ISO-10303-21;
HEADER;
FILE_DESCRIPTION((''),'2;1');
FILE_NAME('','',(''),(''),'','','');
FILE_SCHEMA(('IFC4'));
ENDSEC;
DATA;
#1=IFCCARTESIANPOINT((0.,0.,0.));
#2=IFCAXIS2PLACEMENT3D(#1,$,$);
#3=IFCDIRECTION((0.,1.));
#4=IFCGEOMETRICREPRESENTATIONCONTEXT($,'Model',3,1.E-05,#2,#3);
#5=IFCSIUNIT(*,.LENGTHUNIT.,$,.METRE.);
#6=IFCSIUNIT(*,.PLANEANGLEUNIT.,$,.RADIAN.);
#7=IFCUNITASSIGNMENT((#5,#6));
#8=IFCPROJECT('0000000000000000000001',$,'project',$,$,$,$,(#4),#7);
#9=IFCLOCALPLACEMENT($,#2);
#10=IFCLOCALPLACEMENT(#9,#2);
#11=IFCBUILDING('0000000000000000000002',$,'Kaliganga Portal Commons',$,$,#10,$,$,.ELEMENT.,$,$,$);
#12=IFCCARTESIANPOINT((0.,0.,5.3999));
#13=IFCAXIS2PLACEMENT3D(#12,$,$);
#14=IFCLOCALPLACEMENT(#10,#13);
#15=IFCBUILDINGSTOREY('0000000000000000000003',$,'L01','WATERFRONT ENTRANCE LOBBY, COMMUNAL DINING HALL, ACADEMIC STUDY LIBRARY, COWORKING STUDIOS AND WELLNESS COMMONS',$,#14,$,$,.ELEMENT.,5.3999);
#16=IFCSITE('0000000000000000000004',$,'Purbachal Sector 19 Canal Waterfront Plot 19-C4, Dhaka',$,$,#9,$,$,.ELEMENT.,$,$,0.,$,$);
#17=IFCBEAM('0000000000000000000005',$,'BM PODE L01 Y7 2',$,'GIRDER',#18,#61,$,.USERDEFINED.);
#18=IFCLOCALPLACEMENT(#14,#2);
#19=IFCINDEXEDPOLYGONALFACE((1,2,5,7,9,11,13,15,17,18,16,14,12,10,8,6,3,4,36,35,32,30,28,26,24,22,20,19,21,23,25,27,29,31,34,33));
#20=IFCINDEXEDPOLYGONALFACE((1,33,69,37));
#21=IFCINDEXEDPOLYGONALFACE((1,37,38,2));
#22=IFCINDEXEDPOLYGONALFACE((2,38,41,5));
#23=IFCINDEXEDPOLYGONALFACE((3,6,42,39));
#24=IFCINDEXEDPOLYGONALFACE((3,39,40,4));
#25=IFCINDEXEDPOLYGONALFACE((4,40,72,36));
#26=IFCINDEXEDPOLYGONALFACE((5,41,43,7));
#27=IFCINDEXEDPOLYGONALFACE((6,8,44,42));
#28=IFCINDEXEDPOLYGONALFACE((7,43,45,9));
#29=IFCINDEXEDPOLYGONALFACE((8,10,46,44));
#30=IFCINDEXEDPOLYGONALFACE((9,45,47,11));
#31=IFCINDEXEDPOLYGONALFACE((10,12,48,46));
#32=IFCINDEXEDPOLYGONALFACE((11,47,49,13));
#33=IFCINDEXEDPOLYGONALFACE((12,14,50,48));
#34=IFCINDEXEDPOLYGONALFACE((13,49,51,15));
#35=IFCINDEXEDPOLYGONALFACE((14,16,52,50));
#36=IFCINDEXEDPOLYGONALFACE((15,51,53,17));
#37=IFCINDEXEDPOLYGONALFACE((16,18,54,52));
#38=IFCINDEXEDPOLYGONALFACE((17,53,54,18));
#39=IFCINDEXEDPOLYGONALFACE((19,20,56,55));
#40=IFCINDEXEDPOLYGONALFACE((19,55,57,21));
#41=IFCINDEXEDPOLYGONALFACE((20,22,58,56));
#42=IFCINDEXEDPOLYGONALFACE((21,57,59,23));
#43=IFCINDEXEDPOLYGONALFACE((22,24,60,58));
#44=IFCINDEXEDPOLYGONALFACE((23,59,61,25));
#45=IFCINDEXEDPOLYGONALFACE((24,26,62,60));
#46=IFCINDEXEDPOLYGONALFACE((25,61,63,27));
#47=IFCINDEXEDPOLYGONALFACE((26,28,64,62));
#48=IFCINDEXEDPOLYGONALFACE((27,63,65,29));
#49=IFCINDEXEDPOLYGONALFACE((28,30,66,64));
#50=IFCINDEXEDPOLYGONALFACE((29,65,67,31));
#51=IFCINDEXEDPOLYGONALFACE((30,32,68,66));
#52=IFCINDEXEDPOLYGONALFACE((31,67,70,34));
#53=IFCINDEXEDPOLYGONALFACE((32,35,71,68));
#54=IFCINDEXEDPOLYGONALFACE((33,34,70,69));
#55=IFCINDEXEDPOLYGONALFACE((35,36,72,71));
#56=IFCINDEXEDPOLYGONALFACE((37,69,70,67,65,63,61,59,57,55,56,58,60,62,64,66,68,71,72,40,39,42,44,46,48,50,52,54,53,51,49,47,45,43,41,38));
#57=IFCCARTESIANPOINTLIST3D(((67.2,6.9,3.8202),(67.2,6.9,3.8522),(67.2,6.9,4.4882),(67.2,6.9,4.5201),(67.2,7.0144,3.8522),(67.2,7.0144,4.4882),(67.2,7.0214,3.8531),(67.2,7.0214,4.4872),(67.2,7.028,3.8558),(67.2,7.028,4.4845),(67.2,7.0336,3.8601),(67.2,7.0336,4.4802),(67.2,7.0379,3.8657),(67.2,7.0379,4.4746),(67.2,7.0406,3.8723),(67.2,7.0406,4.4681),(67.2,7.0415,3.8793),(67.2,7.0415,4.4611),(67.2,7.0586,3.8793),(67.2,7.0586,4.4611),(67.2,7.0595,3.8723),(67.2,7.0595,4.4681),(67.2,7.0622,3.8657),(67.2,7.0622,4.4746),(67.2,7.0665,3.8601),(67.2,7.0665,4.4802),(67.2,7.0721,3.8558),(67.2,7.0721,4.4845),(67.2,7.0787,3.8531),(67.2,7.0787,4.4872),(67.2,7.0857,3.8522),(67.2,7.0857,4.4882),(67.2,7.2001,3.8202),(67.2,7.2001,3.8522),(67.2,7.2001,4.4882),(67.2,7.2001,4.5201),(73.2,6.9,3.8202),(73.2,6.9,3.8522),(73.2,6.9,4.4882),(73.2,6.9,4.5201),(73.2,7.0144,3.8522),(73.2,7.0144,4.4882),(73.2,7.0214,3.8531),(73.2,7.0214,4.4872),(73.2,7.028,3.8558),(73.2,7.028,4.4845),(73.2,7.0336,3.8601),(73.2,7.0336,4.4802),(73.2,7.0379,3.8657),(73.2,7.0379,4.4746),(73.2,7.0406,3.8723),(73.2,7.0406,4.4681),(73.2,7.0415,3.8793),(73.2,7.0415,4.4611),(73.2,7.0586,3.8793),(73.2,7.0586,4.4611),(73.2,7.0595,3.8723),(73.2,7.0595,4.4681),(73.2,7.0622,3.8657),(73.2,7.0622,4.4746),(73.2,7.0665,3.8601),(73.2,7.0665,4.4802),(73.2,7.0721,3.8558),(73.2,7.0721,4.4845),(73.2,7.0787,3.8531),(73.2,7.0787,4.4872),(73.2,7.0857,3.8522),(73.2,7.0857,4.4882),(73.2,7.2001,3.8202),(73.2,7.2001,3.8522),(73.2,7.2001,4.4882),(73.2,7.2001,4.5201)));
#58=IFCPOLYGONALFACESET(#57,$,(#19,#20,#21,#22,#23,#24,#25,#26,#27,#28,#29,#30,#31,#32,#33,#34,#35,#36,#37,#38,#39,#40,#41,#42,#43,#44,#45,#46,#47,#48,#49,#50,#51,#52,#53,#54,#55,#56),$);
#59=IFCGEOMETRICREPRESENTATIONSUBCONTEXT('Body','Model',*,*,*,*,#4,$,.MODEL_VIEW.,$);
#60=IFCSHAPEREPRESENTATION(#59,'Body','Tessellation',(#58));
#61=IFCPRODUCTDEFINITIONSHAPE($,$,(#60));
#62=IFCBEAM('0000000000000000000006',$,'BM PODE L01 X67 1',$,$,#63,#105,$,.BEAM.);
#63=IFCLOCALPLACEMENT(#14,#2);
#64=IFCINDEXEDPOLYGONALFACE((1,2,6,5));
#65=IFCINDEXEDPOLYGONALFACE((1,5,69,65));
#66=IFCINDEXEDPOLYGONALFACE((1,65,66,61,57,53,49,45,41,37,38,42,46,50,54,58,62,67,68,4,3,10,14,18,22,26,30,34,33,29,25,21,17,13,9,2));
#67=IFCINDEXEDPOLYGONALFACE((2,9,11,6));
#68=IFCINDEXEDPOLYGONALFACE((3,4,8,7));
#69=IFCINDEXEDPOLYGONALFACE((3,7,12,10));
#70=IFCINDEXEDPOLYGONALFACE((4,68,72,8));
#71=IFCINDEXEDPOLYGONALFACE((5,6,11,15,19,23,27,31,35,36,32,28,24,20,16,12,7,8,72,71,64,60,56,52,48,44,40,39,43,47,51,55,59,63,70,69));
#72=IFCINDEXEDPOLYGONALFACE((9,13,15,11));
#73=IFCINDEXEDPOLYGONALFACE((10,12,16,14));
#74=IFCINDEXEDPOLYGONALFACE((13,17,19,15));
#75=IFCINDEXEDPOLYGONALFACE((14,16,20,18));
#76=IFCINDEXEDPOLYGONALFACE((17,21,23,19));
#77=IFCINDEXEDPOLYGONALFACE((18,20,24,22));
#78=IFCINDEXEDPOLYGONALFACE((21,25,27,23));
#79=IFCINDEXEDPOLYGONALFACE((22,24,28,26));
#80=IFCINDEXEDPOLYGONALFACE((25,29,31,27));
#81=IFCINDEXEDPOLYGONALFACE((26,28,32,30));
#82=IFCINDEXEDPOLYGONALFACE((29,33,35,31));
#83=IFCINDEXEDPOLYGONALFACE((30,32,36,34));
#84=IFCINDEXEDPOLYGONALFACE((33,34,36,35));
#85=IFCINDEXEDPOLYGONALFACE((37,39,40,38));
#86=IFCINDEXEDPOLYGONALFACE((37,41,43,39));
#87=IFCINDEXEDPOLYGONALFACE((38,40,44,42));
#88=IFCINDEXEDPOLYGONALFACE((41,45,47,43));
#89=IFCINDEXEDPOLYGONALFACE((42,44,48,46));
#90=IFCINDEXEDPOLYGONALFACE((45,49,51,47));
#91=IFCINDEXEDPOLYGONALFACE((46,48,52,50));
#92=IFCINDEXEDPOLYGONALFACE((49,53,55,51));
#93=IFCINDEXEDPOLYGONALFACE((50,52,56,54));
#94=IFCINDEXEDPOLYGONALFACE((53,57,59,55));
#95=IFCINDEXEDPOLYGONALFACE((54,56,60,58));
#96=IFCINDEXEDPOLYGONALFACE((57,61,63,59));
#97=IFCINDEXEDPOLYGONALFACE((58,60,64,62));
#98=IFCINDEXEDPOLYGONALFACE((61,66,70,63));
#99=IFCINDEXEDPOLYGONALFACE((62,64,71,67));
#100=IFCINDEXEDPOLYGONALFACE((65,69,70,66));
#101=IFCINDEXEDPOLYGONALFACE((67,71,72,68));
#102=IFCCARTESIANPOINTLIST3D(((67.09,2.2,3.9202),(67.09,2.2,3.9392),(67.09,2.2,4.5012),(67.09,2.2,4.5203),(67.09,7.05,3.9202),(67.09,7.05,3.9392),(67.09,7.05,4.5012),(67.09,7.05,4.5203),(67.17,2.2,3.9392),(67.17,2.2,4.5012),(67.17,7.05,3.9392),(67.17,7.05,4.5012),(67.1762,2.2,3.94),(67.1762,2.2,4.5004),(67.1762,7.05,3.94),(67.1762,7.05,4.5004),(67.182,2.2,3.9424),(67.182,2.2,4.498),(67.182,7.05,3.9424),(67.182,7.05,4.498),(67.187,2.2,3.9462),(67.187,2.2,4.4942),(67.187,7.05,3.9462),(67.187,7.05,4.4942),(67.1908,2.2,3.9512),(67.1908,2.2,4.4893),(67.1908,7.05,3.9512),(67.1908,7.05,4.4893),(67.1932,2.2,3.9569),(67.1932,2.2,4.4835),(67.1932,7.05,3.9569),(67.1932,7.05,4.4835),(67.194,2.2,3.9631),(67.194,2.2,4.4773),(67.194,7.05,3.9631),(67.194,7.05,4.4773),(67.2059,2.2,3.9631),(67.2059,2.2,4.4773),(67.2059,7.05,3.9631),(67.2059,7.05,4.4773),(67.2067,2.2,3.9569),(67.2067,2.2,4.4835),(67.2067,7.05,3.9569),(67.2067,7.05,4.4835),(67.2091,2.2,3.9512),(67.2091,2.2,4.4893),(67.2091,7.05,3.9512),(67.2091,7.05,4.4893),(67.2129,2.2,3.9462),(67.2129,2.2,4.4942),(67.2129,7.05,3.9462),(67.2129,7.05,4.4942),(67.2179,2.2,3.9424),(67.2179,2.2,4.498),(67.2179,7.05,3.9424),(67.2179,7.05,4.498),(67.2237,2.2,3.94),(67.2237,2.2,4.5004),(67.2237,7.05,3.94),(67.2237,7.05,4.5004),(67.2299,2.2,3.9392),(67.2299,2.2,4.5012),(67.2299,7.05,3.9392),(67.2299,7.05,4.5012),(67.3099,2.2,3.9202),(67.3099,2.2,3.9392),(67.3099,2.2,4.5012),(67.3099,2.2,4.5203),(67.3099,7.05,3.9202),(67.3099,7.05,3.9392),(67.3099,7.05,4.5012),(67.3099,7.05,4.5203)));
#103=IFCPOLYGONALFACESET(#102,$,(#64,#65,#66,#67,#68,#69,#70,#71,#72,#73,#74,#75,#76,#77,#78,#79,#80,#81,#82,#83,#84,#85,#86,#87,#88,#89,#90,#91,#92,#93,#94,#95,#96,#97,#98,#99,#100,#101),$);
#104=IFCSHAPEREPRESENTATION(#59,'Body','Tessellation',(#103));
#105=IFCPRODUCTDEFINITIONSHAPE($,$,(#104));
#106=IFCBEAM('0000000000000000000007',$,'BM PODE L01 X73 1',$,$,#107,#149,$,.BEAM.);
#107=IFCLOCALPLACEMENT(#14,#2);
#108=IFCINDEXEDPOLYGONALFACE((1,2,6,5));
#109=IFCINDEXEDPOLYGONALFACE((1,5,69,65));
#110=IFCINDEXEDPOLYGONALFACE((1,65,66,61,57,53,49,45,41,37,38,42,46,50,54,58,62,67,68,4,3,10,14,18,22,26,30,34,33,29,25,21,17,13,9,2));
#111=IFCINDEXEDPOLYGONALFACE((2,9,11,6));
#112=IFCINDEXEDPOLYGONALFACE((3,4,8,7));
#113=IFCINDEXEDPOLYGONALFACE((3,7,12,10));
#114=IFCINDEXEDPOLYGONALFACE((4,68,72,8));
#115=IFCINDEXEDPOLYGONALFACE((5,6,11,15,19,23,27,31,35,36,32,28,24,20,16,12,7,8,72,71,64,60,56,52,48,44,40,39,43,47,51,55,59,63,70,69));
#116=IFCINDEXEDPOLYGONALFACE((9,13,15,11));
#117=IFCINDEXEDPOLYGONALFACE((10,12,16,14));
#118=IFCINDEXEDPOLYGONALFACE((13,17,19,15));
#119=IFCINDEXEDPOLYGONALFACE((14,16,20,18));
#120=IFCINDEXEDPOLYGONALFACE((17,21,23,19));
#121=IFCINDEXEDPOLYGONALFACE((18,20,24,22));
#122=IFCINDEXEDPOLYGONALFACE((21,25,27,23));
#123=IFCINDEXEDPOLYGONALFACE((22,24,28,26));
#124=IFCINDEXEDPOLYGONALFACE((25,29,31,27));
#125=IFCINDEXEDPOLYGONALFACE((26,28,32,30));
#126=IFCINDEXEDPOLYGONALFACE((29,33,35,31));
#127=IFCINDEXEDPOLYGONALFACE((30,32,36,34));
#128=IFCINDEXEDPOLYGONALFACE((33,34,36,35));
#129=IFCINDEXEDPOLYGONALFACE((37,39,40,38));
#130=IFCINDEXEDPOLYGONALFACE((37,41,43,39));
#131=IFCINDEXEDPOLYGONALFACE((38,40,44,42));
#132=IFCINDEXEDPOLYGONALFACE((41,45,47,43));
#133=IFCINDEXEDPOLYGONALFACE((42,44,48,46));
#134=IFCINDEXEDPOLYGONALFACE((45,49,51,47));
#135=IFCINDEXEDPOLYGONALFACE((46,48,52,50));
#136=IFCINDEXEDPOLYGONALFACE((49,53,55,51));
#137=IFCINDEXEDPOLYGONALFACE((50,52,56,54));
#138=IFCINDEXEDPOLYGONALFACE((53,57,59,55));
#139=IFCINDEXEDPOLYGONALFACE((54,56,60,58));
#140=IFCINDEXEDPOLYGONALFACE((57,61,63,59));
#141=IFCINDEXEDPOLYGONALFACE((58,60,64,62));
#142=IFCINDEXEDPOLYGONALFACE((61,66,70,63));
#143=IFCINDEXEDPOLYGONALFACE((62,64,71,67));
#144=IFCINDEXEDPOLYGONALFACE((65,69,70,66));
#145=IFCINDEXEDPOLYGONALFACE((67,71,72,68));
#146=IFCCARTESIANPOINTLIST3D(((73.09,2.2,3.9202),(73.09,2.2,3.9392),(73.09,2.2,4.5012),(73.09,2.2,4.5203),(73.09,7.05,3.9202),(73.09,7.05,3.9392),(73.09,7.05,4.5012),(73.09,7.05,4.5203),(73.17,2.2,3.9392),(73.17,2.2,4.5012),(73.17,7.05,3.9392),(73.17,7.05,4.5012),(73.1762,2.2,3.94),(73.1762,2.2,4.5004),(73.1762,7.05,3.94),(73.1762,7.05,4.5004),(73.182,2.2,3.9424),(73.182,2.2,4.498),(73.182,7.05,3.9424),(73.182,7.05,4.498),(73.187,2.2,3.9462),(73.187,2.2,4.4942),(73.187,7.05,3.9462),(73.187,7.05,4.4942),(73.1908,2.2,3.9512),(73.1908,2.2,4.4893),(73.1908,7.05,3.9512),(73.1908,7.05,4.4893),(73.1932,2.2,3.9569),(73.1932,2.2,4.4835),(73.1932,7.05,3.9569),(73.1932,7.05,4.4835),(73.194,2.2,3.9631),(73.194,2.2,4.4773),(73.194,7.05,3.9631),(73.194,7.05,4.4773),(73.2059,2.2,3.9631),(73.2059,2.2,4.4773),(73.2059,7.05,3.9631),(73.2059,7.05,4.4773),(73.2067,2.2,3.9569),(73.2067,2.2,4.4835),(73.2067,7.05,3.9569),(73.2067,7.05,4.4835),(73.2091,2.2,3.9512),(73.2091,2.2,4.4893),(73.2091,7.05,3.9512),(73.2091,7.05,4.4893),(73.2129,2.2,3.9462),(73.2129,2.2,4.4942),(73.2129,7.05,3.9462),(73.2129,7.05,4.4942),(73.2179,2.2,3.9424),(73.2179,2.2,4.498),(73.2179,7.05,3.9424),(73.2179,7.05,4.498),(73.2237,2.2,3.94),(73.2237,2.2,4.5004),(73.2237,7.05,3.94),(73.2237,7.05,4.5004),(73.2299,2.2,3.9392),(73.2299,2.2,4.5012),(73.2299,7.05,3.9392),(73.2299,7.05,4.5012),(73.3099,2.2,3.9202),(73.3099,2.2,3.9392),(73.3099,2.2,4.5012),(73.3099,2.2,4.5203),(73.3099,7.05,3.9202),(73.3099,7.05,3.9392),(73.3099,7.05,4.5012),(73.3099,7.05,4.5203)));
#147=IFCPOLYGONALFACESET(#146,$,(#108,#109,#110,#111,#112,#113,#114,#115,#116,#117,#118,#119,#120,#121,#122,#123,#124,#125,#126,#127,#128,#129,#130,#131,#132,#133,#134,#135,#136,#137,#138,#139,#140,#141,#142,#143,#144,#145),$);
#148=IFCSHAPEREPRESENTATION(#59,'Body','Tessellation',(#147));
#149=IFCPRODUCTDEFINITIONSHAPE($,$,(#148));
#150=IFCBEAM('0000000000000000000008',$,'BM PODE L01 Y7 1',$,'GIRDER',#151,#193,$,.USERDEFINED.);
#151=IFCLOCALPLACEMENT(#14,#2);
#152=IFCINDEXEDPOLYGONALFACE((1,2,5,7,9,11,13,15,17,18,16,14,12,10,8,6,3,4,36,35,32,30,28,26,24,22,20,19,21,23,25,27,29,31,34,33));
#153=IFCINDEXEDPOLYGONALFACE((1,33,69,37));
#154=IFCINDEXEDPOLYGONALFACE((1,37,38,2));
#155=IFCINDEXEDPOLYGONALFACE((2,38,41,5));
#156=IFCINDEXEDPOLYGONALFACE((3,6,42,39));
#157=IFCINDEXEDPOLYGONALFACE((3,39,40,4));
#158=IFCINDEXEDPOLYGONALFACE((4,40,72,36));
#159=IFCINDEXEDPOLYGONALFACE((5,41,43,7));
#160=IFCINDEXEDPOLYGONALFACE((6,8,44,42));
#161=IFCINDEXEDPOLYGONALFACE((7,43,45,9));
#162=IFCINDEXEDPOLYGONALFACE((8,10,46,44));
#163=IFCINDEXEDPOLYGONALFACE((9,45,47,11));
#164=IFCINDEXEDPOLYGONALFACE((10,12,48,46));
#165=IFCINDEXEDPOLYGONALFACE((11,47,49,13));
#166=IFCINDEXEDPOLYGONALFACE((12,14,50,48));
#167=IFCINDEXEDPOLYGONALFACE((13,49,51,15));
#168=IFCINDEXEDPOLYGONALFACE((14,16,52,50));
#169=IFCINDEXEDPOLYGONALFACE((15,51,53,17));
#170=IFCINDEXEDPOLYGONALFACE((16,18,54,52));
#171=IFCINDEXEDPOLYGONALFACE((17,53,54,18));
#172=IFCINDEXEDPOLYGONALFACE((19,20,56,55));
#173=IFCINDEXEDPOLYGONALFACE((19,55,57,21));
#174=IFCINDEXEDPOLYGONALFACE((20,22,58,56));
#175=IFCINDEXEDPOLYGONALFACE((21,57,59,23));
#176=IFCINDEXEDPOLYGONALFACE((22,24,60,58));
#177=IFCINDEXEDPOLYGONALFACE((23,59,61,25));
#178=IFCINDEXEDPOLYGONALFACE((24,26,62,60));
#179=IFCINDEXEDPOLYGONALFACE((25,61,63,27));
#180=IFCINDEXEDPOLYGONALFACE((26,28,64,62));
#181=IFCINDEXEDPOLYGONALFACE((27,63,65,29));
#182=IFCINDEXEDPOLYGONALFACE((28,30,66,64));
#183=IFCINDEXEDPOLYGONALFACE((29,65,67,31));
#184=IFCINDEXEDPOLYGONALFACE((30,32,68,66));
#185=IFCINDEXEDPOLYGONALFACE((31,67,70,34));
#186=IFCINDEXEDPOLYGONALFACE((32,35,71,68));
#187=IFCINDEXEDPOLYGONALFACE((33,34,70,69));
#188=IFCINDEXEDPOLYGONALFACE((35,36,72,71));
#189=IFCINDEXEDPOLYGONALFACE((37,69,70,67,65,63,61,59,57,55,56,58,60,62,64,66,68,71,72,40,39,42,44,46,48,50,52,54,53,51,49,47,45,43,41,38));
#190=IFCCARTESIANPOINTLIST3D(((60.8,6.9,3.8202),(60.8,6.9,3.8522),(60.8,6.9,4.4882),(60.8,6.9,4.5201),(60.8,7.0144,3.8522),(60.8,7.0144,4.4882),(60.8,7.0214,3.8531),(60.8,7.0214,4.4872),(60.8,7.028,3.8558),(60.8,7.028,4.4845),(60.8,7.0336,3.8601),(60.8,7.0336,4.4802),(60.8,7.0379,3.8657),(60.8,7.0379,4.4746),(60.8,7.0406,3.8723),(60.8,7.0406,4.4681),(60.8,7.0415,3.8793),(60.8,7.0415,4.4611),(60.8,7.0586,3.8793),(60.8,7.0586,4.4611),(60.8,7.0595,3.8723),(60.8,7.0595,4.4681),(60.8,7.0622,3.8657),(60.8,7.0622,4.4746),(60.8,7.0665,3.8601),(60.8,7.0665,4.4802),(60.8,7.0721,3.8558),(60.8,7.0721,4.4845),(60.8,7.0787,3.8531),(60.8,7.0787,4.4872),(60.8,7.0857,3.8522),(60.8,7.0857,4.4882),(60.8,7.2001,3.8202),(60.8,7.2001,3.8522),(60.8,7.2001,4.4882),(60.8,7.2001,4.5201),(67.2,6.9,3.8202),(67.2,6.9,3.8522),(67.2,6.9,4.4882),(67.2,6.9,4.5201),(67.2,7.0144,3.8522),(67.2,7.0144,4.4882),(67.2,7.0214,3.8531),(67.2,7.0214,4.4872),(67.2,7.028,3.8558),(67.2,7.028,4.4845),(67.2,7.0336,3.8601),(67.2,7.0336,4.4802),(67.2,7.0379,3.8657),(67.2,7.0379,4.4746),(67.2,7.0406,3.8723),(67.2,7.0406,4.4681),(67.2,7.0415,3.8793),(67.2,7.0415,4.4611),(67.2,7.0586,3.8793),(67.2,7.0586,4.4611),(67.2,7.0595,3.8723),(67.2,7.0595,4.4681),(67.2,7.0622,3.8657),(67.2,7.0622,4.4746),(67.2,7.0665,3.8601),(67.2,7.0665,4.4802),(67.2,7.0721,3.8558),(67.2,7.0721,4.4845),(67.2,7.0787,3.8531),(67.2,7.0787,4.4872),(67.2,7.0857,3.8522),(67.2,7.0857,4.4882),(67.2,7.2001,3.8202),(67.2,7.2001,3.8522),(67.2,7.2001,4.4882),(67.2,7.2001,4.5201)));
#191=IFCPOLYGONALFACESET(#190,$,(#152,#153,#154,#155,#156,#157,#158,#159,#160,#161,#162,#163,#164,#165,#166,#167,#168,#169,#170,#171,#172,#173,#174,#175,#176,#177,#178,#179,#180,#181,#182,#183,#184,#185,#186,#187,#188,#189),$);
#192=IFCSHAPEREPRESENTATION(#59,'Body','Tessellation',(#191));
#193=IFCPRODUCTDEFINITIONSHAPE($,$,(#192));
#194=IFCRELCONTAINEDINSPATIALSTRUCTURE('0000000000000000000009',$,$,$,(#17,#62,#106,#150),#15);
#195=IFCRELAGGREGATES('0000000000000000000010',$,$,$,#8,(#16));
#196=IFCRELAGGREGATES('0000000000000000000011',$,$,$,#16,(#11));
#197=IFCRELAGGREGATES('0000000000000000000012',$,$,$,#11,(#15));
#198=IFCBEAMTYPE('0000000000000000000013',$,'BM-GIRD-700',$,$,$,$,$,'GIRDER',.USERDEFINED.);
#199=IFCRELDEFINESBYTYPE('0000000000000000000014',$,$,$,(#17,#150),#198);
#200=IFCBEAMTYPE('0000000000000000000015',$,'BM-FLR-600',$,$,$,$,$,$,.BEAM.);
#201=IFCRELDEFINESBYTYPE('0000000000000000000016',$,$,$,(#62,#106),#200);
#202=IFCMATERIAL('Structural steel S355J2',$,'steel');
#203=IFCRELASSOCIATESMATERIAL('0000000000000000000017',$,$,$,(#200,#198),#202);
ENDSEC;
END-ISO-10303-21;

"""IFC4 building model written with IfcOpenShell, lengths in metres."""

from ifc_helpers import new_model, si_unit, direction, frame, origin, origin_2d, place, context, subcontext, project, spatial, i_section, extrude, source, transform, mapped, material, material_profile, profile_set, type_object, element, save


model = new_model("IFC4")

# Units and contexts
model_context = context("Model", 3, precision=1e-05, world=origin(), true_north=direction((0.0, 1.0)))
body_context = subcontext(model_context, "Body", "Model", "MODEL_VIEW")
ifc_project = project(units=[si_unit("LENGTHUNIT", "METRE"), si_unit("PLANEANGLEUNIT", "RADIAN")], contexts=[model_context])

# Site, building, storey
site_placement = place(None, origin())
site = spatial("IfcSite", under=ifc_project, at=site_placement, Name="Purbachal Sector 19 Canal Waterfront Plot 19-C4, Dhaka", CompositionType="ELEMENT", RefElevation=0.0)
building_placement = place(site_placement, origin())
building = spatial("IfcBuilding", under=site, at=building_placement, Name="Kaliganga Portal Commons", CompositionType="ELEMENT")
storey_placement = place(building_placement, frame((0.0, 0.0, 5.3999)))
storey = spatial("IfcBuildingStorey", under=building, at=storey_placement, Name="L01", Description="WATERFRONT ENTRANCE LOBBY, COMMUNAL DINING HALL, ACADEMIC STUDY LIBRARY, COWORKING STUDIOS AND WELLNESS COMMONS", CompositionType="ELEMENT", Elevation=5.3999)

# Beams
ifc_material_1 = material(Name="Structural steel S355J2", Category="steel")
ifc_material_profile_1 = material_profile(ifc_material_1, i_section(OverallWidth=0.22, OverallDepth=0.6001, WebThickness=0.012, FlangeThickness=0.019, FilletRadius=0.0239, at=origin_2d()), Name="IPE 600")
ifc_profile_set_1 = profile_set([ifc_material_profile_1], Name="Structural steel S355J2 wide-flange")
beam_type_1 = type_object("IfcBeamType", Name="BM-FLR-600", PredefinedType="BEAM", material=ifc_profile_set_1)
ifc_material_profile_2 = material_profile(ifc_material_1, i_section(OverallWidth=0.3, OverallDepth=0.7, WebThickness=0.0171, FlangeThickness=0.032, FilletRadius=0.0271, at=origin_2d()), Name="HE 700 B")
ifc_profile_set_2 = profile_set([ifc_material_profile_2], Name="Structural steel S355J2 wide-flange")
beam_type_2 = type_object("IfcBeamType", Name="BM-GIRD-700", ElementType="GIRDER", PredefinedType="USERDEFINED", material=ifc_profile_set_2)
shared_shape_1 = source(origin(), body_context, "Body", "SweptSolid", [
    extrude(i_section(OverallWidth=0.3, OverallDepth=0.7, WebThickness=0.0171, FlangeThickness=0.032, FilletRadius=0.0271, at=origin_2d()), origin(), (0.0, 0.0, 1.0), 6.0),
])
for number, where, z_axis, x_axis, name in (
    (1, (67.2, 7.05, 4.1702), (1.0, 0.0, 0.0), (0.0, 1.0, 0.0), "BM PODE L01 Y7 2"),
):
    element("IfcBeam", number, at=place(storey_placement, frame(where, z_axis=z_axis, x_axis=x_axis)), inside=storey, type_object=beam_type_2, Name=name, ObjectType="GIRDER", PredefinedType="USERDEFINED", context=body_context, shape_type="MappedRepresentation", body=[
        mapped(shared_shape_1, transform((0.0, 0.0, 0.0), x_axis=(1.0, 0.0, 0.0), y_axis=(0.0, 1.0, 0.0), z_axis=(0.0, 0.0, 1.0), scale=1.0)),
    ])
shared_shape_2 = source(origin(), body_context, "Body", "SweptSolid", [
    extrude(i_section(OverallWidth=0.22, OverallDepth=0.6001, WebThickness=0.012, FlangeThickness=0.019, FilletRadius=0.0239, at=origin_2d()), origin(), (0.0, 0.0, 1.0), 4.8501),
])
for number, where, z_axis, x_axis, name in (
    (2, (67.2, 2.2, 4.2202), (0.0, 1.0, 0.0), (-1.0, 0.0, 0.0), "BM PODE L01 X67 1"),
    (3, (73.2, 2.2, 4.2202), (0.0, 1.0, 0.0), (-1.0, 0.0, 0.0), "BM PODE L01 X73 1"),
):
    element("IfcBeam", number, at=place(storey_placement, frame(where, z_axis=z_axis, x_axis=x_axis)), inside=storey, type_object=beam_type_1, Name=name, PredefinedType="BEAM", context=body_context, shape_type="MappedRepresentation", body=[
        mapped(shared_shape_2, transform((0.0, 0.0, 0.0), x_axis=(1.0, 0.0, 0.0), y_axis=(0.0, 1.0, 0.0), z_axis=(0.0, 0.0, 1.0), scale=1.0)),
    ])
shared_shape_3 = source(origin(), body_context, "Body", "SweptSolid", [
    extrude(i_section(OverallWidth=0.3, OverallDepth=0.7, WebThickness=0.0171, FlangeThickness=0.032, FilletRadius=0.0271, at=origin_2d()), origin(), (0.0, 0.0, 1.0), 6.3999),
])
beam_placement = place(storey_placement, frame((60.8, 7.05, 4.1702), z_axis=(1.0, 0.0, 0.0), x_axis=(0.0, 1.0, 0.0)))
element("IfcBeam", 4, at=beam_placement, inside=storey, type_object=beam_type_2, Name="BM PODE L01 Y7 1", ObjectType="GIRDER", PredefinedType="USERDEFINED", context=body_context, shape_type="MappedRepresentation", body=[
    mapped(shared_shape_3, transform((0.0, 0.0, 0.0), x_axis=(1.0, 0.0, 0.0), y_axis=(0.0, 1.0, 0.0), z_axis=(0.0, 0.0, 1.0), scale=1.0)),
])

save(model, "model.ifc")
